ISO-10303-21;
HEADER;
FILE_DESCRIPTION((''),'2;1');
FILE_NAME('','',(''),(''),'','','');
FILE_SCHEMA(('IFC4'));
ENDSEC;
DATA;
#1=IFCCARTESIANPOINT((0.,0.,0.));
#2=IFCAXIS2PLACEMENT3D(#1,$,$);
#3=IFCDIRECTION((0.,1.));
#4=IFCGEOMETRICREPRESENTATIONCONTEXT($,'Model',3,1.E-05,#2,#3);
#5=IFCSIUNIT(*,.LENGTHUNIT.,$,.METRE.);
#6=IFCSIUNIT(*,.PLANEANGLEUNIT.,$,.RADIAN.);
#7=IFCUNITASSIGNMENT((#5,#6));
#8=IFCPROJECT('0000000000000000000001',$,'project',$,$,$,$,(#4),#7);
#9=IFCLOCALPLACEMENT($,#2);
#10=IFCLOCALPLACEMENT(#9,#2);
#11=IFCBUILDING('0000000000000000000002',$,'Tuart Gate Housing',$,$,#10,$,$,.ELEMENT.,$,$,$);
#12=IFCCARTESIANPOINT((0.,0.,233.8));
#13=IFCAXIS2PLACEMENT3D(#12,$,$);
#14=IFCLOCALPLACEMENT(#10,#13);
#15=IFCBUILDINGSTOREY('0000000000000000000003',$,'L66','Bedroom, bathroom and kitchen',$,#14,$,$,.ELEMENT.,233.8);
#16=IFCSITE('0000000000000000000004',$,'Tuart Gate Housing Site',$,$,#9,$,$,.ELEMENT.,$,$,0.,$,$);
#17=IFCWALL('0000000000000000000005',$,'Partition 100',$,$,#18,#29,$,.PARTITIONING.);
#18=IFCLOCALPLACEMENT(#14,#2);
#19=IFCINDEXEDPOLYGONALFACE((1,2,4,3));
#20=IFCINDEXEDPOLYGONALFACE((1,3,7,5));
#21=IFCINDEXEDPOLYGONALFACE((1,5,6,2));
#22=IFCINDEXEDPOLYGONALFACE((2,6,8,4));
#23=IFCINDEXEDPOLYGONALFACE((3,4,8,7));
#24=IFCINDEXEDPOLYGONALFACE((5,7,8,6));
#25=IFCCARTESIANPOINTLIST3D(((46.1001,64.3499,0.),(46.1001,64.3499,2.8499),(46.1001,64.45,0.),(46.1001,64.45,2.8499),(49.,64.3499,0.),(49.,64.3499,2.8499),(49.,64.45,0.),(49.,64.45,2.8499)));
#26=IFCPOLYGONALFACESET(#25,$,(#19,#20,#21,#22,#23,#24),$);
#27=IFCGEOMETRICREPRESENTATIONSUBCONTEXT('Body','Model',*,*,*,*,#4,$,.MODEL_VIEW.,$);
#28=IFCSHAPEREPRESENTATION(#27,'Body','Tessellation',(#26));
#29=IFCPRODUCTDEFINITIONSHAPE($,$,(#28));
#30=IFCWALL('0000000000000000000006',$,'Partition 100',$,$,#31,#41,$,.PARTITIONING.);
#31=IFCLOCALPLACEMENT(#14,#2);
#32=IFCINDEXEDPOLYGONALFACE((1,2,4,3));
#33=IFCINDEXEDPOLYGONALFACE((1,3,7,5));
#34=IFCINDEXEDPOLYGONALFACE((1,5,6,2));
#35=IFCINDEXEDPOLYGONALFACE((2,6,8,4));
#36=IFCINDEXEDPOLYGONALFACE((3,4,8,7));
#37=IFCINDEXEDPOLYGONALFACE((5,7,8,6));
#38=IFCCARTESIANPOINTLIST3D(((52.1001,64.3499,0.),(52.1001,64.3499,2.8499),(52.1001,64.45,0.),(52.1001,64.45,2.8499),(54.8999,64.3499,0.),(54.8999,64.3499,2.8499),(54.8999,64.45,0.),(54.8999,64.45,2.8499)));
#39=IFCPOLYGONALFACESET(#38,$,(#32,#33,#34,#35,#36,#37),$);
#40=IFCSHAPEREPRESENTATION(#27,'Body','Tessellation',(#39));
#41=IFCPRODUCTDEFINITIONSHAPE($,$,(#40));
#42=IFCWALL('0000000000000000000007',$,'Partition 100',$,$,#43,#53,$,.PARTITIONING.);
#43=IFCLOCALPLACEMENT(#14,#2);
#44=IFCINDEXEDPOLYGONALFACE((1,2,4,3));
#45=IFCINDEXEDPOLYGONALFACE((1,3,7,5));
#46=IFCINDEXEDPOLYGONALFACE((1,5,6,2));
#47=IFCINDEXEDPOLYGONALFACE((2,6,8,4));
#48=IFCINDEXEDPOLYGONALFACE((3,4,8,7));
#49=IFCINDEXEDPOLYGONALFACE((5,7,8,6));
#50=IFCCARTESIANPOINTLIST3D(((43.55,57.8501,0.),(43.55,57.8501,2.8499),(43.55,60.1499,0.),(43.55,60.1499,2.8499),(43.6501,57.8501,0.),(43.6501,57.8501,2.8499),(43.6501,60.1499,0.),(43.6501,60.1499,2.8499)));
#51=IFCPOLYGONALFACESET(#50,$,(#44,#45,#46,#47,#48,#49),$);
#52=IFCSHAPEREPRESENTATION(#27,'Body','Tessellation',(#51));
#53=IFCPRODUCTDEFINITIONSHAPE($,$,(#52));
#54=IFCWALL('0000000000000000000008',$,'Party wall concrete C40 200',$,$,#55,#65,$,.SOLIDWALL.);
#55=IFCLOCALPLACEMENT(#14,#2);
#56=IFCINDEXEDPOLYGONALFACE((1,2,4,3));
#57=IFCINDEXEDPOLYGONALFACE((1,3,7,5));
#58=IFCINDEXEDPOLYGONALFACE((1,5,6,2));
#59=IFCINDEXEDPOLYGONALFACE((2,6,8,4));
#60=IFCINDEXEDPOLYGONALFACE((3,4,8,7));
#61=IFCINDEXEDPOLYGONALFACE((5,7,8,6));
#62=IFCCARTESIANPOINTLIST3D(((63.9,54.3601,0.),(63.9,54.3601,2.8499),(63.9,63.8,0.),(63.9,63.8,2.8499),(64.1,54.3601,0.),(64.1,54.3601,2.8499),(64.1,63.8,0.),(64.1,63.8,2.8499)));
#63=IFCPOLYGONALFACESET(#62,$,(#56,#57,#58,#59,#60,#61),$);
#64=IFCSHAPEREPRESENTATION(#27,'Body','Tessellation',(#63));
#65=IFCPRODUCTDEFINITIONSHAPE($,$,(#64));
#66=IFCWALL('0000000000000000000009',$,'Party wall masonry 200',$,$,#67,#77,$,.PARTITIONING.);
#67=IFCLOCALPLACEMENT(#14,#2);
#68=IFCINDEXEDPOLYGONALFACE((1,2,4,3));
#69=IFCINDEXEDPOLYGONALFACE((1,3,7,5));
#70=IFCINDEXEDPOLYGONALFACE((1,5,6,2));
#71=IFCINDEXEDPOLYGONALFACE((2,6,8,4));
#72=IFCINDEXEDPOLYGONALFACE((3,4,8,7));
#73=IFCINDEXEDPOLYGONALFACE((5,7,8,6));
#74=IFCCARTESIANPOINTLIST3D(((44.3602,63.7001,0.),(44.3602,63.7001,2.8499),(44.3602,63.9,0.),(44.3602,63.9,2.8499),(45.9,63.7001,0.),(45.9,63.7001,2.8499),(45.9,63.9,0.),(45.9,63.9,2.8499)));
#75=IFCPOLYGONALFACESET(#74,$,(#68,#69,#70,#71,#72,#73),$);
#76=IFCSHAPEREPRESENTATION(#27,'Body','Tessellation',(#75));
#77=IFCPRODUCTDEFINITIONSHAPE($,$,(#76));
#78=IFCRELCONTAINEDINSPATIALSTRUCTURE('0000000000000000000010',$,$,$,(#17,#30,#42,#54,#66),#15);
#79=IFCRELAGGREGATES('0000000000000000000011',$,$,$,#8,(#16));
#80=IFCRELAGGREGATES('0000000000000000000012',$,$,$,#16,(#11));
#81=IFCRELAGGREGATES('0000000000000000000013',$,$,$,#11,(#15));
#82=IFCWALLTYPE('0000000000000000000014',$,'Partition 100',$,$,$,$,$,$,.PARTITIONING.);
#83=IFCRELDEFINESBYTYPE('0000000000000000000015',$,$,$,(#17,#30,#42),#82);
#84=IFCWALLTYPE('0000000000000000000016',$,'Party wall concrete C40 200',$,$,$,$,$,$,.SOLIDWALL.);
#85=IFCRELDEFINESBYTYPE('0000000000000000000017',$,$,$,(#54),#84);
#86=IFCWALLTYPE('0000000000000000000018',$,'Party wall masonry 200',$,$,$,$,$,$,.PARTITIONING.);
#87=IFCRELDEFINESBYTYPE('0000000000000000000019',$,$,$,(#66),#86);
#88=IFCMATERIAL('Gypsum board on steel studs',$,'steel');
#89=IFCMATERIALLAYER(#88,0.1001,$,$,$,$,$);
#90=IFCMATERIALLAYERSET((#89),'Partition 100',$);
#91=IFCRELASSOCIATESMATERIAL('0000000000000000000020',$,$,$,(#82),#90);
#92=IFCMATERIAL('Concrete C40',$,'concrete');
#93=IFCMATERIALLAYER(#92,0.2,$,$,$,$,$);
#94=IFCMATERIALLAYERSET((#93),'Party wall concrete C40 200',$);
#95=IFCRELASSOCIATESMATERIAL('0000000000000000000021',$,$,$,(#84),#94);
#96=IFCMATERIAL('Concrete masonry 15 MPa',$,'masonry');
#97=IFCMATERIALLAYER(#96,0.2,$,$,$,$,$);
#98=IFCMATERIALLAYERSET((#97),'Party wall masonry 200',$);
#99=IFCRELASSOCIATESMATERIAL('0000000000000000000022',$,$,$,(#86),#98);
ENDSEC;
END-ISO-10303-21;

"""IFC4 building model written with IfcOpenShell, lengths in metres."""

from ifc_helpers import new_model, si_unit, direction, frame, frame_2d, origin, place, context, subcontext, project, spatial, rectangle, extrude, material, layer, layer_set, type_object, element, save


model = new_model("IFC4")

# Units and contexts
model_context = context("Model", 3, precision=1e-05, world=origin(), true_north=direction((0.0, 1.0)))
body_context = subcontext(model_context, "Body", "Model", "MODEL_VIEW")
ifc_project = project(units=[si_unit("LENGTHUNIT", "METRE"), si_unit("PLANEANGLEUNIT", "RADIAN")], contexts=[model_context])

# Site, building, storey
site_placement = place(None, origin())
site = spatial("IfcSite", under=ifc_project, at=site_placement, Name="Tuart Gate Housing Site", CompositionType="ELEMENT", RefElevation=0.0)
building_placement = place(site_placement, origin())
building = spatial("IfcBuilding", under=site, at=building_placement, Name="Tuart Gate Housing", CompositionType="ELEMENT")
storey_placement = place(building_placement, frame((0.0, 0.0, 233.8)))
storey = spatial("IfcBuildingStorey", under=building, at=storey_placement, Name="L66", Description="Bedroom, bathroom and kitchen", CompositionType="ELEMENT", Elevation=233.8)

# Shared definitions
ifc_material_1 = material(Name="Gypsum board on steel studs", Category="steel")
ifc_layer_1 = layer(ifc_material_1, 0.1001)
ifc_layer_set_1 = layer_set([ifc_layer_1], Name="Partition 100")
wall_type_1 = type_object("IfcWallType", Name="Partition 100", PredefinedType="PARTITIONING", material=ifc_layer_set_1)

# Walls
wall_1_placement = place(storey_placement, frame((46.1001, 64.3999, 0.0), z_axis=(0.0, 0.0, 1.0), x_axis=(1.0, 0.0, 0.0)))
element("IfcWall", 1, at=wall_1_placement, inside=storey, type_object=wall_type_1, Name="Partition 100", PredefinedType="PARTITIONING", context=body_context, shape_type="SweptSolid", body=[
    extrude(rectangle(XDim=2.8999, YDim=0.1001, at=frame_2d((1.45, 0.0))), origin(), (0.0, 0.0, 1.0), 2.8499),
])
wall_2_placement = place(storey_placement, frame((52.1001, 64.3999, 0.0), z_axis=(0.0, 0.0, 1.0), x_axis=(1.0, 0.0, 0.0)))
element("IfcWall", 2, at=wall_2_placement, inside=storey, type_object=wall_type_1, Name="Partition 100", PredefinedType="PARTITIONING", context=body_context, shape_type="SweptSolid", body=[
    extrude(rectangle(XDim=2.7998, YDim=0.1001, at=frame_2d((1.3999, 0.0))), origin(), (0.0, 0.0, 1.0), 2.8499),
])
wall_3_placement = place(storey_placement, frame((43.6001, 57.8501, 0.0), z_axis=(0.0, 0.0, 1.0), x_axis=(0.0, 1.0, 0.0)))
element("IfcWall", 3, at=wall_3_placement, inside=storey, type_object=wall_type_1, Name="Partition 100", PredefinedType="PARTITIONING", context=body_context, shape_type="SweptSolid", body=[
    extrude(rectangle(XDim=2.2998, YDim=0.1001, at=frame_2d((1.1499, 0.0))), origin(), (0.0, 0.0, 1.0), 2.8499),
])
ifc_material_2 = material(Name="Concrete C40", Category="concrete")
ifc_layer_2 = layer(ifc_material_2, 0.2)
ifc_layer_set_2 = layer_set([ifc_layer_2], Name="Party wall concrete C40 200")
wall_type_2 = type_object("IfcWallType", Name="Party wall concrete C40 200", PredefinedType="SOLIDWALL", material=ifc_layer_set_2)
wall_4_placement = place(storey_placement, frame((64.0, 54.3601, 0.0), z_axis=(0.0, 0.0, 1.0), x_axis=(0.0, 1.0, 0.0)))
element("IfcWall", 4, at=wall_4_placement, inside=storey, type_object=wall_type_2, Name="Party wall concrete C40 200", PredefinedType="SOLIDWALL", context=body_context, shape_type="SweptSolid", body=[
    extrude(rectangle(XDim=9.4399, YDim=0.2, at=frame_2d((4.72, 0.0))), origin(), (0.0, 0.0, 1.0), 2.8499),
])
ifc_material_3 = material(Name="Concrete masonry 15 MPa", Category="masonry")
ifc_layer_3 = layer(ifc_material_3, 0.2)
ifc_layer_set_3 = layer_set([ifc_layer_3], Name="Party wall masonry 200")
wall_type_3 = type_object("IfcWallType", Name="Party wall masonry 200", PredefinedType="PARTITIONING", material=ifc_layer_set_3)
wall_5_placement = place(storey_placement, frame((44.3601, 63.8, 0.0), z_axis=(0.0, 0.0, 1.0), x_axis=(1.0, 0.0, 0.0)))
element("IfcWall", 5, at=wall_5_placement, inside=storey, type_object=wall_type_3, Name="Party wall masonry 200", PredefinedType="PARTITIONING", context=body_context, shape_type="SweptSolid", body=[
    extrude(rectangle(XDim=1.5398, YDim=0.2, at=frame_2d((0.77, 0.0))), origin(), (0.0, 0.0, 1.0), 2.8499),
])

save(model, "model.ifc")
